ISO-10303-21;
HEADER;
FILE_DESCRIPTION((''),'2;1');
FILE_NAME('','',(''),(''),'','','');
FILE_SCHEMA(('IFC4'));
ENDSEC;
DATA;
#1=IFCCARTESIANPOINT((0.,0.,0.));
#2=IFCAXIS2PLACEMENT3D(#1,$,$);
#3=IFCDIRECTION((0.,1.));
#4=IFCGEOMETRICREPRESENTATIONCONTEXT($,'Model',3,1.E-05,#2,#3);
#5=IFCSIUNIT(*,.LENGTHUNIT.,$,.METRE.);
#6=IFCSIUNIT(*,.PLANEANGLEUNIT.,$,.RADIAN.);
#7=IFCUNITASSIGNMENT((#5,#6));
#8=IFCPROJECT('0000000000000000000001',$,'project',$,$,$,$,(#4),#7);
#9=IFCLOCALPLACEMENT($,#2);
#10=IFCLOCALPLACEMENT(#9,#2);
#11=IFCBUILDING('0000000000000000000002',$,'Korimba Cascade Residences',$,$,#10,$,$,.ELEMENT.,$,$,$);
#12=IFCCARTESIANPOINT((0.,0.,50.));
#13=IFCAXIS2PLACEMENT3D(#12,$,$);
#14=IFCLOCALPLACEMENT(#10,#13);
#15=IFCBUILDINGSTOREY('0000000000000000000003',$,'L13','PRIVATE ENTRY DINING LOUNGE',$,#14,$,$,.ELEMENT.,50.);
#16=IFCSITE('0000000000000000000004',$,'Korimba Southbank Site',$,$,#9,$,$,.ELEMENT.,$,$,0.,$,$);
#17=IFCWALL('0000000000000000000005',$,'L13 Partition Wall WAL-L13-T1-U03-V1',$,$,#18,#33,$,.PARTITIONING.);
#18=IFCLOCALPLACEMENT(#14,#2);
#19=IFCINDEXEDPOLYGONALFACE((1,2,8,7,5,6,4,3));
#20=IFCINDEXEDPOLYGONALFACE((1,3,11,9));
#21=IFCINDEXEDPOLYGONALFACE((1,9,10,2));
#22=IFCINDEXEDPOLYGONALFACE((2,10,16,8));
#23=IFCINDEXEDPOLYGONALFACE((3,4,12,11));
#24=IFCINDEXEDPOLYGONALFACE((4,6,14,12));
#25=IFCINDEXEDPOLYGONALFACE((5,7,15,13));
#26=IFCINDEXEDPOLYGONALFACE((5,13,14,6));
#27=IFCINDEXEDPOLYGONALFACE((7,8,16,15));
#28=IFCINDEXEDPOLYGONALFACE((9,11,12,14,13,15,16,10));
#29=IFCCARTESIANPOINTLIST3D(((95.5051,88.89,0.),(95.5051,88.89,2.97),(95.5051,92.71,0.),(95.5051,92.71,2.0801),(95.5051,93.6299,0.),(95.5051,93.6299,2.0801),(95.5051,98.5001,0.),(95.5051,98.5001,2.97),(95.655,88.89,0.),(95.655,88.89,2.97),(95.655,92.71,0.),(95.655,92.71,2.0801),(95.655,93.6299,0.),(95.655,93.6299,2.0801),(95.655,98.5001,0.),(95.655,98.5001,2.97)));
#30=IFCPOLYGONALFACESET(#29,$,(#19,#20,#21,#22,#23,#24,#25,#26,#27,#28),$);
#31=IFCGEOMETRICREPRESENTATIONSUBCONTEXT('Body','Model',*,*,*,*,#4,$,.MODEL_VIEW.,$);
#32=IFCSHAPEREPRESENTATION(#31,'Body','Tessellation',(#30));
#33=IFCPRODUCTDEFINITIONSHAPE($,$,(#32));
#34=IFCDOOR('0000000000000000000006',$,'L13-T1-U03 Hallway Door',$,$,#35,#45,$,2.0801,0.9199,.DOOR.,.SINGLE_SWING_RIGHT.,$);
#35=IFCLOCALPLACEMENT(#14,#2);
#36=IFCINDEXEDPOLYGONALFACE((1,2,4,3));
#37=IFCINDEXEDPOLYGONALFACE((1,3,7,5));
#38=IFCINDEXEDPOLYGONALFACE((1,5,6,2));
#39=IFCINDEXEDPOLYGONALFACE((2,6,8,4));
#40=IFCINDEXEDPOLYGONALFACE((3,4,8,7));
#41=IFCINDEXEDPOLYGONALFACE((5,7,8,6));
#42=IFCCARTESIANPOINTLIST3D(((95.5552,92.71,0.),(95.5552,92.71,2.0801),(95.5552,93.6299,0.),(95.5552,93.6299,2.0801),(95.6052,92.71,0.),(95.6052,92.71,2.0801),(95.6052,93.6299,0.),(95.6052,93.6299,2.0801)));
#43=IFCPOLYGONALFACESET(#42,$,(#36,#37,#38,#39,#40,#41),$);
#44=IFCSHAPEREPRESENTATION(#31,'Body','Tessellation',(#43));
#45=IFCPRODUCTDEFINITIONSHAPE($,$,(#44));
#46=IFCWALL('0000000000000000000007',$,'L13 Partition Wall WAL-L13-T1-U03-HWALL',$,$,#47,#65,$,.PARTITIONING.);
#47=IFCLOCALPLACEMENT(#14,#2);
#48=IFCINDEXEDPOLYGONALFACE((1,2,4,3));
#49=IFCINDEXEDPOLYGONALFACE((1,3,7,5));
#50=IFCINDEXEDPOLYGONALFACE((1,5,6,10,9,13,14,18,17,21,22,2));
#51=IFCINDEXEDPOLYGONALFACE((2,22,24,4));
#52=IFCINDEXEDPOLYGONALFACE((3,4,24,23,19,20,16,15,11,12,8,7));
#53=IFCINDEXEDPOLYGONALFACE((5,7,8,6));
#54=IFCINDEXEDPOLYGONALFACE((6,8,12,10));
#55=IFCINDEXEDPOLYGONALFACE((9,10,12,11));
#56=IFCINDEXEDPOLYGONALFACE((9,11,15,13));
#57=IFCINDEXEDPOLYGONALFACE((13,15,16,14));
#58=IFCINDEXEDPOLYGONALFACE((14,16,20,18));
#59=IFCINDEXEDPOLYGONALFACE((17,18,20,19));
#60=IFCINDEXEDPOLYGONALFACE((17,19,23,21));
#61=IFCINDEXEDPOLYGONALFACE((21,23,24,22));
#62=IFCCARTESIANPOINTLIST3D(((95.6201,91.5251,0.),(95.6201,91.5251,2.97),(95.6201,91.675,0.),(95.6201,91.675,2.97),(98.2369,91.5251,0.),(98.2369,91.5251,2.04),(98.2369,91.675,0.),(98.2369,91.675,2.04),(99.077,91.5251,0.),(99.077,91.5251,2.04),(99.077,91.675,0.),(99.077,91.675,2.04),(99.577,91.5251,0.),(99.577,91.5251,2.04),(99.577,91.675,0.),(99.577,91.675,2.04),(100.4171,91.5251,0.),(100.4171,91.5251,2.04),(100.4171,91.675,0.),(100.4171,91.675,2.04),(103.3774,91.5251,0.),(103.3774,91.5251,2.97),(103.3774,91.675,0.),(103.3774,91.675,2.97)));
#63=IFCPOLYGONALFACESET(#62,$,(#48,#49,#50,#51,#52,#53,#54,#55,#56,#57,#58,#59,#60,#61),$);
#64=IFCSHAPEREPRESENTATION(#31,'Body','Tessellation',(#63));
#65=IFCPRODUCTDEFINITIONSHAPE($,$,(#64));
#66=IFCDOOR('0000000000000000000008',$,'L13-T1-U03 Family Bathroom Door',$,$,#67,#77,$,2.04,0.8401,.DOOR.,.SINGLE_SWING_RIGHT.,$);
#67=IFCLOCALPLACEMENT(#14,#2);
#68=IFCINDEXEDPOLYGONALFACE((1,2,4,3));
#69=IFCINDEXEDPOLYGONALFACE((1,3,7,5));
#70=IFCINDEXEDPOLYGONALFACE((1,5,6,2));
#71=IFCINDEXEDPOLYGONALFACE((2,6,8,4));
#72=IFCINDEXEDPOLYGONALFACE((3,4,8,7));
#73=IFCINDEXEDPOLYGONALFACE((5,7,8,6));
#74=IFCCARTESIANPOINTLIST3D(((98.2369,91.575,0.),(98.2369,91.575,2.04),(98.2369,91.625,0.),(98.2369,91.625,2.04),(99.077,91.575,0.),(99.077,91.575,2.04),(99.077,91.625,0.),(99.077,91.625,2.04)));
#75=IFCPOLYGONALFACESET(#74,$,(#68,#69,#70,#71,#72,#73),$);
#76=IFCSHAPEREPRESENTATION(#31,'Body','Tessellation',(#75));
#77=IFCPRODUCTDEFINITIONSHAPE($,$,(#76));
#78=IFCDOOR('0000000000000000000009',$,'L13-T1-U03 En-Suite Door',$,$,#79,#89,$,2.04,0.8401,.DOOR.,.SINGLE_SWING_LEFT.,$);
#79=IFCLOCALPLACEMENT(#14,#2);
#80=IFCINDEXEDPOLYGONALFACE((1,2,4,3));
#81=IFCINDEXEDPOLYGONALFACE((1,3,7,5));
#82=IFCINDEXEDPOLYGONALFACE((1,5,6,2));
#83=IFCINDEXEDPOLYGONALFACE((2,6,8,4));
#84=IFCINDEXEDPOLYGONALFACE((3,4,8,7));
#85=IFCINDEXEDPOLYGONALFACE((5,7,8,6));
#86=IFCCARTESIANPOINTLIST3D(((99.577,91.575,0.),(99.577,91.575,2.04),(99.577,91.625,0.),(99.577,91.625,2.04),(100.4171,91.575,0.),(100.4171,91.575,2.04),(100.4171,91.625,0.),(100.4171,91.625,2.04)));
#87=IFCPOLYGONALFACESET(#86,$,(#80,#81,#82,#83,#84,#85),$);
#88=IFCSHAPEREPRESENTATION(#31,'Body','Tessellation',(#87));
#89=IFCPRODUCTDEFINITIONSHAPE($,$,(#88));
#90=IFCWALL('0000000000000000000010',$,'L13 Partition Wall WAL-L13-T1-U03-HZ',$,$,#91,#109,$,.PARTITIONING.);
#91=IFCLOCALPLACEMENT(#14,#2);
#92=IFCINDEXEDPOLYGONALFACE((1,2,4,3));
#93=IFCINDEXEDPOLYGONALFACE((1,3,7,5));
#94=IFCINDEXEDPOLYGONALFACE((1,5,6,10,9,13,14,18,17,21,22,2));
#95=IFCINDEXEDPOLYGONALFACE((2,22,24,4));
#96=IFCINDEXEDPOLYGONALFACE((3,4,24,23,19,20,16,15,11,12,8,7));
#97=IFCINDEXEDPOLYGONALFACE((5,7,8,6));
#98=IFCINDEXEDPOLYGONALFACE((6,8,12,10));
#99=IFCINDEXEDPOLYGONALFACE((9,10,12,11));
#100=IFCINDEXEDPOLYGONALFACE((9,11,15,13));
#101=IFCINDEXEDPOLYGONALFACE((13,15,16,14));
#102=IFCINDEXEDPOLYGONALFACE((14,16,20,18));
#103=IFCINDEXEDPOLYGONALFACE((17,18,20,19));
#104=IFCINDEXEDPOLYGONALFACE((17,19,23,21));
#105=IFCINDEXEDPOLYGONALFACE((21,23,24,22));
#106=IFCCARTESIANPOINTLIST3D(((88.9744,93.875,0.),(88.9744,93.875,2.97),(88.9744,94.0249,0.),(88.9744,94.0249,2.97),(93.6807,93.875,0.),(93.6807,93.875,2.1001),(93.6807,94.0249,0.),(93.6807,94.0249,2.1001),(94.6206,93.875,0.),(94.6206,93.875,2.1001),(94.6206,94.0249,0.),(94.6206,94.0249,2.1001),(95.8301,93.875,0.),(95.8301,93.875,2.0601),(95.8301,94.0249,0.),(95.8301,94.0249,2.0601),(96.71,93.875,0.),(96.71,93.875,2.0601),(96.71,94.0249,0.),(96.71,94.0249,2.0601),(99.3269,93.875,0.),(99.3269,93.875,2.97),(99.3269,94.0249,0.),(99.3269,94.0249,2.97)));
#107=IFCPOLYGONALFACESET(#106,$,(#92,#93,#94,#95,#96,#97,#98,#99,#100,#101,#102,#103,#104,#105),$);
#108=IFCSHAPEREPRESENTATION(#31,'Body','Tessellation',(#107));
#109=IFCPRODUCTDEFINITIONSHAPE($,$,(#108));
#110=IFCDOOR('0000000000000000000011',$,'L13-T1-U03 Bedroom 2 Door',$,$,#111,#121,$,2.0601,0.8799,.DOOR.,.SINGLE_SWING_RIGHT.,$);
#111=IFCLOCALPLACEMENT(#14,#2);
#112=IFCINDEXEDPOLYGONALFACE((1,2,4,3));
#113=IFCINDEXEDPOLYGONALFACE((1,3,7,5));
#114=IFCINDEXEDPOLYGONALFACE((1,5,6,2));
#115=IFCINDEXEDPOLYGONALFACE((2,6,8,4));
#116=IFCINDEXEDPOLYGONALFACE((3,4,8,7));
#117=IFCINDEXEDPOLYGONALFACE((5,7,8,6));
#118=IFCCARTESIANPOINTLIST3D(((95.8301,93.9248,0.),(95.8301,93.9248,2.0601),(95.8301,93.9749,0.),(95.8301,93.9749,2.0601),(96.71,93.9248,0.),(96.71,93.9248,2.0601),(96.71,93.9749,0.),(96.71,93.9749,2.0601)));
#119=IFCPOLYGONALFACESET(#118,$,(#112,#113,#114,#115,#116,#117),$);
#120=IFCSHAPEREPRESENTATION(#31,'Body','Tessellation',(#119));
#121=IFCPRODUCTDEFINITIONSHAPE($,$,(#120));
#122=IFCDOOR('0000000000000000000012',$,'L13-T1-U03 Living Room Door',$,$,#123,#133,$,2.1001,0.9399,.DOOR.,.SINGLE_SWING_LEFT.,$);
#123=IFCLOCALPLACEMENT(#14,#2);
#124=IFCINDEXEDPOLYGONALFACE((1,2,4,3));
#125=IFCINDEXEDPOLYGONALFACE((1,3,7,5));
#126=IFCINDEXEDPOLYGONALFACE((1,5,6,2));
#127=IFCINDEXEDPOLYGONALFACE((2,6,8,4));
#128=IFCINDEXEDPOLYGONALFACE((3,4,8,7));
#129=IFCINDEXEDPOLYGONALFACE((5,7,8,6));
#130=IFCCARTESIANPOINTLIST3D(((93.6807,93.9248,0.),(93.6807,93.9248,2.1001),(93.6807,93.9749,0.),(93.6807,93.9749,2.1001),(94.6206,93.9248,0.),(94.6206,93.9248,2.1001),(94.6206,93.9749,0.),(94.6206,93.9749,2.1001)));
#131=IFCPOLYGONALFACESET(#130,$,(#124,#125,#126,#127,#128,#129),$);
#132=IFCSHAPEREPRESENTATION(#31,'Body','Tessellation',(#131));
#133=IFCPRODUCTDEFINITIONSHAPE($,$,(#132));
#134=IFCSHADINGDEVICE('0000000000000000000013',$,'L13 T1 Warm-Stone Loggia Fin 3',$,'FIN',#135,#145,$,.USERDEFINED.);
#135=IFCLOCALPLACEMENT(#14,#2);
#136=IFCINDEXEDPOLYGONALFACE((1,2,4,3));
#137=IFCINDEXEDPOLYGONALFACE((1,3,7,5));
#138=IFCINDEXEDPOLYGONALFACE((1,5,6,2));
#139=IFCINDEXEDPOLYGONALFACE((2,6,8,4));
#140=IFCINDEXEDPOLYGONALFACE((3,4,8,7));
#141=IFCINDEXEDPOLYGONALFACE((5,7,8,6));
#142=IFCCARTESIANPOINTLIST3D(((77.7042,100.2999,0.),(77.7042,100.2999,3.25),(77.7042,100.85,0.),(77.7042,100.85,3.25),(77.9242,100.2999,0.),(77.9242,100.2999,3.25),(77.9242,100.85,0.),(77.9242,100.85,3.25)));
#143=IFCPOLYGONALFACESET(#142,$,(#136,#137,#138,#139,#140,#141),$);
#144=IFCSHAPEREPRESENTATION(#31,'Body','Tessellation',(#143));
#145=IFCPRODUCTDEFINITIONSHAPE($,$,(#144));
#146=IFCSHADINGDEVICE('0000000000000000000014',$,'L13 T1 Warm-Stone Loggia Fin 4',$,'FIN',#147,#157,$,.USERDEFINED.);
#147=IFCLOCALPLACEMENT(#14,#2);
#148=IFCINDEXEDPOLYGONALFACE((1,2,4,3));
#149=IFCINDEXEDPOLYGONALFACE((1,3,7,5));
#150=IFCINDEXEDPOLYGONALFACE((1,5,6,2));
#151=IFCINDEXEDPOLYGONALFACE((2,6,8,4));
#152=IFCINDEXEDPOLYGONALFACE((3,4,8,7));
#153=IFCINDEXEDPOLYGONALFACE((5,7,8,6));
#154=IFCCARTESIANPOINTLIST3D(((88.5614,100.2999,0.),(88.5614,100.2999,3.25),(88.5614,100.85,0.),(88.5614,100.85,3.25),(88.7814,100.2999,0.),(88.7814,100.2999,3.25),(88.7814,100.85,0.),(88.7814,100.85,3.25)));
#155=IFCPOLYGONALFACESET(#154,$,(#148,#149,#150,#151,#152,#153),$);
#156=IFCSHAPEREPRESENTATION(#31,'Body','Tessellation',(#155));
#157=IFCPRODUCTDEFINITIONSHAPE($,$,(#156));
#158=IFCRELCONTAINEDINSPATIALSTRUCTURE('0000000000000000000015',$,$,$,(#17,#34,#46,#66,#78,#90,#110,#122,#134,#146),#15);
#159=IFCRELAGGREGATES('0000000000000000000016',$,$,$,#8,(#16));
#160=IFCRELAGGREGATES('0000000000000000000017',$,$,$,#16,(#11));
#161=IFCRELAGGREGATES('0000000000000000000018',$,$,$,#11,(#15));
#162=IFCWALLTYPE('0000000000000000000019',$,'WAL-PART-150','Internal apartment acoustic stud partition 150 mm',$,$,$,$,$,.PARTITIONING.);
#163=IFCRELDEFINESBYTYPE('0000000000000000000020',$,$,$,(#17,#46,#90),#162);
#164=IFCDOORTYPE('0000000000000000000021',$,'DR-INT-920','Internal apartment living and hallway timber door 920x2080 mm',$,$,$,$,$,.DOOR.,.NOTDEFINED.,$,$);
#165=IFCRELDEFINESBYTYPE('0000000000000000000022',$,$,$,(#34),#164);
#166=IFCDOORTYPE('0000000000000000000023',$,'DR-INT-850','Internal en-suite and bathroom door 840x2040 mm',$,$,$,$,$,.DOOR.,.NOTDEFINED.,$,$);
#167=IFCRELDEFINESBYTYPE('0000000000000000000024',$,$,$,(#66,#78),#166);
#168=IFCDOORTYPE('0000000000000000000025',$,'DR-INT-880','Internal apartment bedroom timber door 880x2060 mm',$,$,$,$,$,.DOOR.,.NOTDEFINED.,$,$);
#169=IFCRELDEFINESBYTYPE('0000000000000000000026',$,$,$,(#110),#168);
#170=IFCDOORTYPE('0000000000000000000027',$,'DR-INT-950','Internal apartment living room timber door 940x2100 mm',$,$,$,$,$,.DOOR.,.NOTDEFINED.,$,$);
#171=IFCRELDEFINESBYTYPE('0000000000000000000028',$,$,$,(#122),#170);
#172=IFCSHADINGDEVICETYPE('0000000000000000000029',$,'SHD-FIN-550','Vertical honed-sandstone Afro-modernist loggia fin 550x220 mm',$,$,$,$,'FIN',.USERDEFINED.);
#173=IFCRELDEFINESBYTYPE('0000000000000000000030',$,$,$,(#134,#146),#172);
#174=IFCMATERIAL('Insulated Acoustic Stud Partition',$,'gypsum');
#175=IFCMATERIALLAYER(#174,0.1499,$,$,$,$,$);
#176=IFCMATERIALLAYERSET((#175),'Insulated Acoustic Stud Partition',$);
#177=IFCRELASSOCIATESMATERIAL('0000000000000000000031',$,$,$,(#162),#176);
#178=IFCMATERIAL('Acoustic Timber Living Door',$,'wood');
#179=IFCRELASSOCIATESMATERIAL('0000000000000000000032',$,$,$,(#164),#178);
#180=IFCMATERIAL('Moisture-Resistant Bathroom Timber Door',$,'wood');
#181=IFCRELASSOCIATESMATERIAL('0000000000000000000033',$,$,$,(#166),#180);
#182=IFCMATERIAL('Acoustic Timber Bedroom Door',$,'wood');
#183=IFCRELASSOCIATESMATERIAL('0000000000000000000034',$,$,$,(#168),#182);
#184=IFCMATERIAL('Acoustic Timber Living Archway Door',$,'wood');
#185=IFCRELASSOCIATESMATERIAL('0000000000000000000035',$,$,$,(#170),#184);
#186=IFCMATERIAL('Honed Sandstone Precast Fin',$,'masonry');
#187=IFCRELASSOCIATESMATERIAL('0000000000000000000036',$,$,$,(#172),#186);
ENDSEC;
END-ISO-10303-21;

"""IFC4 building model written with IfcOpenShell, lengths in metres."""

from ifc_helpers import new_model, si_unit, direction, frame, frame_2d, origin, origin_2d, place, context, subcontext, project, spatial, rectangle, extrude, material, layer, layer_set, type_object, element, fill, save


model = new_model("IFC4")

# Units and contexts
model_context = context("Model", 3, precision=1e-05, world=origin(), true_north=direction((0.0, 1.0)))
body_context = subcontext(model_context, "Body", "Model", "MODEL_VIEW")
ifc_project = project(units=[si_unit("LENGTHUNIT", "METRE"), si_unit("PLANEANGLEUNIT", "RADIAN")], contexts=[model_context])

# Site, building, storey
site_placement = place(None, origin())
site = spatial("IfcSite", under=ifc_project, at=site_placement, Name="Korimba Southbank Site", CompositionType="ELEMENT", RefElevation=0.0)
building_placement = place(site_placement, origin())
building = spatial("IfcBuilding", under=site, at=building_placement, Name="Korimba Cascade Residences", CompositionType="ELEMENT")
storey_placement = place(building_placement, frame((0.0, 0.0, 50.0)))
storey = spatial("IfcBuildingStorey", under=building, at=storey_placement, Name="L13", Description="PRIVATE ENTRY DINING LOUNGE", CompositionType="ELEMENT", Elevation=50.0)

# Shared definitions
ifc_material_1 = material(Name="Insulated Acoustic Stud Partition", Category="gypsum")
ifc_layer = layer(ifc_material_1, 0.1499)
ifc_layer_set = layer_set([ifc_layer], Name="Insulated Acoustic Stud Partition")
wall_type = type_object("IfcWallType", Name="WAL-PART-150", Description="Internal apartment acoustic stud partition 150 mm", PredefinedType="PARTITIONING", material=ifc_layer_set)

# Wall, opening, door
wall_1_placement = place(storey_placement, frame((95.5801, 88.8899, 0.0), z_axis=(0.0, 0.0, 1.0), x_axis=(0.0, 1.0, 0.0)))
wall_1 = element("IfcWall", 1, at=wall_1_placement, inside=storey, type_object=wall_type, Name="L13 Partition Wall WAL-L13-T1-U03-V1", PredefinedType="PARTITIONING", context=body_context, shape_type="SweptSolid", body=[
    extrude(rectangle(XDim=9.6101, YDim=0.1499, at=frame_2d((4.8052, 0.0))), origin(), (0.0, 0.0, 1.0), 2.97),
])
opening_1_placement = place(wall_1_placement, frame((3.8201, 0.0, 0.0)))
opening_1 = element("IfcOpeningElement", 2, at=opening_1_placement, cuts=wall_1, PredefinedType="OPENING", context=body_context, shape_type="SweptSolid", body=[
    extrude(rectangle(XDim=0.9199, YDim=2.0801, at=frame_2d((0.46, 1.04))), frame((0.0, 0.085, 0.0), z_axis=(0.0, -1.0, 0.0), x_axis=(1.0, 0.0, 0.0)), (0.0, 0.0, 1.0), 0.1699),
])
ifc_material_2 = material(Name="Acoustic Timber Living Door", Category="wood")
door_type_1 = type_object("IfcDoorType", Name="DR-INT-920", Description="Internal apartment living and hallway timber door 920x2080 mm", OperationType="NOTDEFINED", PredefinedType="DOOR", material=ifc_material_2)
door_1_placement = place(opening_1_placement, origin())
door_1 = element("IfcDoor", 3, at=door_1_placement, inside=storey, type_object=door_type_1, Name="L13-T1-U03 Hallway Door", OperationType="SINGLE_SWING_RIGHT", OverallHeight=2.0801, OverallWidth=0.9199, PredefinedType="DOOR", context=body_context, shape_type="SweptSolid", body=[
    extrude(rectangle(XDim=0.9199, YDim=2.0801, at=frame_2d((0.46, 1.04))), frame((0.0, 0.0249, 0.0), z_axis=(0.0, -1.0, 0.0), x_axis=(1.0, 0.0, 0.0)), (0.0, 0.0, 1.0), 0.05),
])
fill(opening_1, door_1)

# Walls, openings, doors
wall_2_placement = place(storey_placement, frame((95.6201, 91.6001, 0.0), z_axis=(0.0, 0.0, 1.0), x_axis=(1.0, 0.0, 0.0)))
wall_2 = element("IfcWall", 4, at=wall_2_placement, inside=storey, type_object=wall_type, Name="L13 Partition Wall WAL-L13-T1-U03-HWALL", PredefinedType="PARTITIONING", context=body_context, shape_type="SweptSolid", body=[
    extrude(rectangle(XDim=7.7573, YDim=0.1499, at=frame_2d((3.8787, 0.0))), origin(), (0.0, 0.0, 1.0), 2.97),
])
opening_2_placement = place(wall_2_placement, frame((2.6169, 0.0, 0.0)))
opening_2 = element("IfcOpeningElement", 5, at=opening_2_placement, cuts=wall_2, PredefinedType="OPENING", context=body_context, shape_type="SweptSolid", body=[
    extrude(rectangle(XDim=0.8401, YDim=2.04, at=frame_2d((0.4199, 1.02))), frame((0.0, 0.085, 0.0), z_axis=(0.0, -1.0, 0.0), x_axis=(1.0, 0.0, 0.0)), (0.0, 0.0, 1.0), 0.1699),
])
opening_3_placement = place(wall_2_placement, frame((3.957, 0.0, 0.0)))
opening_3 = element("IfcOpeningElement", 6, at=opening_3_placement, cuts=wall_2, PredefinedType="OPENING", context=body_context, shape_type="SweptSolid", body=[
    extrude(rectangle(XDim=0.8401, YDim=2.04, at=frame_2d((0.4199, 1.02))), frame((0.0, 0.085, 0.0), z_axis=(0.0, -1.0, 0.0), x_axis=(1.0, 0.0, 0.0)), (0.0, 0.0, 1.0), 0.1699),
])
ifc_material_3 = material(Name="Moisture-Resistant Bathroom Timber Door", Category="wood")
door_type_2 = type_object("IfcDoorType", Name="DR-INT-850", Description="Internal en-suite and bathroom door 840x2040 mm", OperationType="NOTDEFINED", PredefinedType="DOOR", material=ifc_material_3)
door_2_placement = place(opening_2_placement, origin())
door_2 = element("IfcDoor", 7, at=door_2_placement, inside=storey, type_object=door_type_2, Name="L13-T1-U03 Family Bathroom Door", OperationType="SINGLE_SWING_RIGHT", OverallHeight=2.04, OverallWidth=0.8401, PredefinedType="DOOR", context=body_context, shape_type="SweptSolid", body=[
    extrude(rectangle(XDim=0.8401, YDim=2.04, at=frame_2d((0.4199, 1.02))), frame((0.0, 0.0249, 0.0), z_axis=(0.0, -1.0, 0.0), x_axis=(1.0, 0.0, 0.0)), (0.0, 0.0, 1.0), 0.05),
])
fill(opening_2, door_2)
door_3_placement = place(opening_3_placement, origin())
door_3 = element("IfcDoor", 8, at=door_3_placement, inside=storey, type_object=door_type_2, Name="L13-T1-U03 En-Suite Door", OperationType="SINGLE_SWING_LEFT", OverallHeight=2.04, OverallWidth=0.8401, PredefinedType="DOOR", context=body_context, shape_type="SweptSolid", body=[
    extrude(rectangle(XDim=0.8401, YDim=2.04, at=frame_2d((0.4199, 1.02))), frame((0.0, 0.0249, 0.0), z_axis=(0.0, -1.0, 0.0), x_axis=(1.0, 0.0, 0.0)), (0.0, 0.0, 1.0), 0.05),
])
fill(opening_3, door_3)
wall_3_placement = place(storey_placement, frame((88.9744, 93.95, 0.0), z_axis=(0.0, 0.0, 1.0), x_axis=(1.0, 0.0, 0.0)))
wall_3 = element("IfcWall", 9, at=wall_3_placement, inside=storey, type_object=wall_type, Name="L13 Partition Wall WAL-L13-T1-U03-HZ", PredefinedType="PARTITIONING", context=body_context, shape_type="SweptSolid", body=[
    extrude(rectangle(XDim=10.3525, YDim=0.1499, at=frame_2d((5.1763, 0.0))), origin(), (0.0, 0.0, 1.0), 2.97),
])
opening_4_placement = place(wall_3_placement, frame((4.7063, 0.0, 0.0)))
opening_4 = element("IfcOpeningElement", 10, at=opening_4_placement, cuts=wall_3, PredefinedType="OPENING", context=body_context, shape_type="SweptSolid", body=[
    extrude(rectangle(XDim=0.9399, YDim=2.1001, at=frame_2d((0.47, 1.05))), frame((0.0, 0.085, 0.0), z_axis=(0.0, -1.0, 0.0), x_axis=(1.0, 0.0, 0.0)), (0.0, 0.0, 1.0), 0.1699),
])
opening_5_placement = place(wall_3_placement, frame((6.8557, 0.0, 0.0)))
opening_5 = element("IfcOpeningElement", 11, at=opening_5_placement, cuts=wall_3, PredefinedType="OPENING", context=body_context, shape_type="SweptSolid", body=[
    extrude(rectangle(XDim=0.8799, YDim=2.0601, at=frame_2d((0.4399, 1.03))), frame((0.0, 0.085, 0.0), z_axis=(0.0, -1.0, 0.0), x_axis=(1.0, 0.0, 0.0)), (0.0, 0.0, 1.0), 0.1699),
])
ifc_material_4 = material(Name="Acoustic Timber Bedroom Door", Category="wood")
door_type_3 = type_object("IfcDoorType", Name="DR-INT-880", Description="Internal apartment bedroom timber door 880x2060 mm", OperationType="NOTDEFINED", PredefinedType="DOOR", material=ifc_material_4)
door_4_placement = place(opening_5_placement, origin())
door_4 = element("IfcDoor", 12, at=door_4_placement, inside=storey, type_object=door_type_3, Name="L13-T1-U03 Bedroom 2 Door", OperationType="SINGLE_SWING_RIGHT", OverallHeight=2.0601, OverallWidth=0.8799, PredefinedType="DOOR", context=body_context, shape_type="SweptSolid", body=[
    extrude(rectangle(XDim=0.8799, YDim=2.0601, at=frame_2d((0.4399, 1.03))), frame((0.0, 0.0249, 0.0), z_axis=(0.0, -1.0, 0.0), x_axis=(1.0, 0.0, 0.0)), (0.0, 0.0, 1.0), 0.05),
])
fill(opening_5, door_4)
ifc_material_5 = material(Name="Acoustic Timber Living Archway Door", Category="wood")
door_type_4 = type_object("IfcDoorType", Name="DR-INT-950", Description="Internal apartment living room timber door 940x2100 mm", OperationType="NOTDEFINED", PredefinedType="DOOR", material=ifc_material_5)
door_5_placement = place(opening_4_placement, origin())
door_5 = element("IfcDoor", 13, at=door_5_placement, inside=storey, type_object=door_type_4, Name="L13-T1-U03 Living Room Door", OperationType="SINGLE_SWING_LEFT", OverallHeight=2.1001, OverallWidth=0.9399, PredefinedType="DOOR", context=body_context, shape_type="SweptSolid", body=[
    extrude(rectangle(XDim=0.9399, YDim=2.1001, at=frame_2d((0.47, 1.05))), frame((0.0, 0.0249, 0.0), z_axis=(0.0, -1.0, 0.0), x_axis=(1.0, 0.0, 0.0)), (0.0, 0.0, 1.0), 0.05),
])
fill(opening_4, door_5)

# Shading devices
ifc_material_6 = material(Name="Honed Sandstone Precast Fin", Category="masonry")
shading_device_type = type_object("IfcShadingDeviceType", Name="SHD-FIN-550", Description="Vertical honed-sandstone Afro-modernist loggia fin 550x220 mm", ElementType="FIN", PredefinedType="USERDEFINED", material=ifc_material_6)
for number, where, z_axis, x_axis, name in (
    (14, (77.8142, 100.575, 0.0), (0.0, 0.0, 1.0), (1.0, 0.0, 0.0), "L13 T1 Warm-Stone Loggia Fin 3"),
    (15, (88.6714, 100.575, 0.0), (0.0, 0.0, 1.0), (1.0, 0.0, 0.0), "L13 T1 Warm-Stone Loggia Fin 4"),
):
    element("IfcShadingDevice", number, at=place(storey_placement, frame(where, z_axis=z_axis, x_axis=x_axis)), inside=storey, type_object=shading_device_type, Name=name, ObjectType="FIN", PredefinedType="USERDEFINED", context=body_context, shape_type="SweptSolid", body=[
        extrude(rectangle(XDim=0.22, YDim=0.55, at=origin_2d()), origin(), (0.0, 0.0, 1.0), 3.25),
    ])

save(model, "model.ifc")
